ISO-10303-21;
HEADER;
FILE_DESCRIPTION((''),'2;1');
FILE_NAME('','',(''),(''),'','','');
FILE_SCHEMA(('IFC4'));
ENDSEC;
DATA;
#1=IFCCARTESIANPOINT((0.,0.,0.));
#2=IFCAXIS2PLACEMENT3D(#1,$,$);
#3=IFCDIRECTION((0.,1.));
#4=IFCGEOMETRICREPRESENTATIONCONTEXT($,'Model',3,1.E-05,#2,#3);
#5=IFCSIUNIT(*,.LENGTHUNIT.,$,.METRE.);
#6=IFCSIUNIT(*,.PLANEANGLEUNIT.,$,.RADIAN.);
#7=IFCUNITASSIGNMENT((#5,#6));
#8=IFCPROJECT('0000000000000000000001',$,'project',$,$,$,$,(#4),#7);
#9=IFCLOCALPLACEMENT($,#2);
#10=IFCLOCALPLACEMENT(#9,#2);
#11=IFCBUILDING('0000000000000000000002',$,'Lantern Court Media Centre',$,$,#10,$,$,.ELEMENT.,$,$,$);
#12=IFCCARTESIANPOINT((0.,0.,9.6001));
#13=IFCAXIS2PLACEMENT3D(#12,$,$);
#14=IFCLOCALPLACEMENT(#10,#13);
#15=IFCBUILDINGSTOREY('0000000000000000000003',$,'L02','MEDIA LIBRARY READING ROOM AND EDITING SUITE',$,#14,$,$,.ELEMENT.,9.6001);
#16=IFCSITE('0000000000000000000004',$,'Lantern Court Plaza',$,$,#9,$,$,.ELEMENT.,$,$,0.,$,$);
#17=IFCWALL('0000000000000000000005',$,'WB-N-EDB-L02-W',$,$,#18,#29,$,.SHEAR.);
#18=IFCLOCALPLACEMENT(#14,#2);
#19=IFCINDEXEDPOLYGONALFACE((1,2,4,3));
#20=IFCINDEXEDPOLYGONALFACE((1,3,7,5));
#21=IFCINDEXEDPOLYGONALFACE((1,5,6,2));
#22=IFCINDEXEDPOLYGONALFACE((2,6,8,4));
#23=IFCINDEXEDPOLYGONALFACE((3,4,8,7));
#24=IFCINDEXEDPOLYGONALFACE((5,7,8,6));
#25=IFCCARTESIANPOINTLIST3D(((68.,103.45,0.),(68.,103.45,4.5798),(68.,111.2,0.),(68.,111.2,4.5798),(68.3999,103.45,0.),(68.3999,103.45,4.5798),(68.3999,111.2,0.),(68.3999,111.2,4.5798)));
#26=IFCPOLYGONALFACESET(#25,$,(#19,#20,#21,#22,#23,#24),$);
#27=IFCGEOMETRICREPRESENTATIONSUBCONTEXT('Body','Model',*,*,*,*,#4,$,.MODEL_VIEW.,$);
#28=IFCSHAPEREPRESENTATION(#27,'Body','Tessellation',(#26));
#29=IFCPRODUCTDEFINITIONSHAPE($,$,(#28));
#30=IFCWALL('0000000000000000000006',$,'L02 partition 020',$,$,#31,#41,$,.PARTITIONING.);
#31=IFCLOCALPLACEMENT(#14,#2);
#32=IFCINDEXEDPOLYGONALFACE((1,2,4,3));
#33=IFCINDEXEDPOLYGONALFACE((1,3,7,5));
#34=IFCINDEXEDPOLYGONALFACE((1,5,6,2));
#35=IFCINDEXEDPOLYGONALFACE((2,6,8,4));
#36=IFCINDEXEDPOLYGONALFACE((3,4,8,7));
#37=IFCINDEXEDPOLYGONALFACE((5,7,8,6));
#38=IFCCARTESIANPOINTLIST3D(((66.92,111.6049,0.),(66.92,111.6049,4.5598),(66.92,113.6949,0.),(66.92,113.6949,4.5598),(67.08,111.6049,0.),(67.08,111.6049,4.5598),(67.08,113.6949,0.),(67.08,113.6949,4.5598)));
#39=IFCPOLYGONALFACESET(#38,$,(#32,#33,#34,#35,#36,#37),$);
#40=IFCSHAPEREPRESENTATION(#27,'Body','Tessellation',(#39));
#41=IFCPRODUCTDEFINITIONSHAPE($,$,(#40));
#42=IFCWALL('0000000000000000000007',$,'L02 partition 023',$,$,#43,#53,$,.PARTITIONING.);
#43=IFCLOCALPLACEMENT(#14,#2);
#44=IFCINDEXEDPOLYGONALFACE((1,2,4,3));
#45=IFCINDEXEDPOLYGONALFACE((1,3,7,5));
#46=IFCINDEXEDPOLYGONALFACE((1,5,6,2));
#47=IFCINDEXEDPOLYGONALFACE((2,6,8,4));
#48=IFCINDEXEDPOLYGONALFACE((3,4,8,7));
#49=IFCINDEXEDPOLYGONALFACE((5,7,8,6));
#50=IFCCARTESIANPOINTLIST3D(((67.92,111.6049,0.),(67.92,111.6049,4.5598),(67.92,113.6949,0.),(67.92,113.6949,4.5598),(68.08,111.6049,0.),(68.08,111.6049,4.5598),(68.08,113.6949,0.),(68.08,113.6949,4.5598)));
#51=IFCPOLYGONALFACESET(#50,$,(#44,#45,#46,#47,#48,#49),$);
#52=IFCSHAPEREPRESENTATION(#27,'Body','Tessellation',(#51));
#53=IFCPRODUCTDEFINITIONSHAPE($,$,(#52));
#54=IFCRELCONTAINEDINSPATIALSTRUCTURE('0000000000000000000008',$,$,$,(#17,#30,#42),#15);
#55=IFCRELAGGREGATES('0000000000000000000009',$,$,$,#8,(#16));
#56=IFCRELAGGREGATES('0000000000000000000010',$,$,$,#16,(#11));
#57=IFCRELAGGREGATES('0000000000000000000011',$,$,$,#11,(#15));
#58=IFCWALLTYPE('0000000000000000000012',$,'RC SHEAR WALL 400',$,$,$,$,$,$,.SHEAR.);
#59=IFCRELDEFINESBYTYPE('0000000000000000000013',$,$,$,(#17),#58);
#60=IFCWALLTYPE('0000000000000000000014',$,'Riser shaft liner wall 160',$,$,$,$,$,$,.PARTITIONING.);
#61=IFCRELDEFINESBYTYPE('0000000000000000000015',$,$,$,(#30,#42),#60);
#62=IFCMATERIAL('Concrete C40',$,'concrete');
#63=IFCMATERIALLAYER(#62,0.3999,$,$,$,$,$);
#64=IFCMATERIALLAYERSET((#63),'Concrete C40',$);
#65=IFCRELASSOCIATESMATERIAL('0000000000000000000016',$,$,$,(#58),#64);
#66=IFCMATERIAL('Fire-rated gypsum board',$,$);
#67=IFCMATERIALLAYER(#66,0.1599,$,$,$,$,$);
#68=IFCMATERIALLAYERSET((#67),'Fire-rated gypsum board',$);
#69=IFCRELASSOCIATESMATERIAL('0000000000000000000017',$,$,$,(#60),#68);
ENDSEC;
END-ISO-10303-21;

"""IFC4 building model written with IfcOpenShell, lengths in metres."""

from ifc_helpers import new_model, si_unit, direction, frame, frame_2d, origin, place, context, subcontext, project, spatial, rectangle, extrude, material, layer, layer_set, type_object, element, save


model = new_model("IFC4")

# Units and contexts
model_context = context("Model", 3, precision=1e-05, world=origin(), true_north=direction((0.0, 1.0)))
body_context = subcontext(model_context, "Body", "Model", "MODEL_VIEW")
ifc_project = project(units=[si_unit("LENGTHUNIT", "METRE"), si_unit("PLANEANGLEUNIT", "RADIAN")], contexts=[model_context])

# Site, building, storey
site_placement = place(None, origin())
site = spatial("IfcSite", under=ifc_project, at=site_placement, Name="Lantern Court Plaza", CompositionType="ELEMENT", RefElevation=0.0)
building_placement = place(site_placement, origin())
building = spatial("IfcBuilding", under=site, at=building_placement, Name="Lantern Court Media Centre", CompositionType="ELEMENT")
storey_placement = place(building_placement, frame((0.0, 0.0, 9.6001)))
storey = spatial("IfcBuildingStorey", under=building, at=storey_placement, Name="L02", Description="MEDIA LIBRARY READING ROOM AND EDITING SUITE", CompositionType="ELEMENT", Elevation=9.6001)

# Shared definitions
ifc_material_1 = material(Name="Concrete C40", Category="concrete")
ifc_layer_1 = layer(ifc_material_1, 0.3999)
ifc_layer_set_1 = layer_set([ifc_layer_1], Name="Concrete C40")
wall_type_1 = type_object("IfcWallType", Name="RC SHEAR WALL 400", PredefinedType="SHEAR", material=ifc_layer_set_1)

# Walls
wall_1_placement = place(storey_placement, frame((68.2, 103.45, 0.0), z_axis=(0.0, 0.0, 1.0), x_axis=(0.0, 1.0, 0.0)))
element("IfcWall", 1, at=wall_1_placement, inside=storey, type_object=wall_type_1, Name="WB-N-EDB-L02-W", PredefinedType="SHEAR", context=body_context, shape_type="SweptSolid", body=[
    extrude(rectangle(XDim=7.75, YDim=0.3999, at=frame_2d((3.875, 0.0))), origin(), (0.0, 0.0, 1.0), 4.5798),
])
ifc_material_2 = material(Name="Fire-rated gypsum board")
ifc_layer_2 = layer(ifc_material_2, 0.1599)
ifc_layer_set_2 = layer_set([ifc_layer_2], Name="Fire-rated gypsum board")
wall_type_2 = type_object("IfcWallType", Name="Riser shaft liner wall 160", PredefinedType="PARTITIONING", material=ifc_layer_set_2)
for number, where, z_axis, x_axis, name in (
    (2, (67.0, 111.605, 0.0), (0.0, 0.0, 1.0), (0.0, 1.0, 0.0), "L02 partition 020"),
    (3, (68.0, 111.605, 0.0), (0.0, 0.0, 1.0), (0.0, 1.0, 0.0), "L02 partition 023"),
):
    element("IfcWall", number, at=place(storey_placement, frame(where, z_axis=z_axis, x_axis=x_axis)), inside=storey, type_object=wall_type_2, Name=name, PredefinedType="PARTITIONING", context=body_context, shape_type="SweptSolid", body=[
        extrude(rectangle(XDim=2.0901, YDim=0.1599, at=frame_2d((1.0449, 0.0))), origin(), (0.0, 0.0, 1.0), 4.5598),
    ])

save(model, "model.ifc")
